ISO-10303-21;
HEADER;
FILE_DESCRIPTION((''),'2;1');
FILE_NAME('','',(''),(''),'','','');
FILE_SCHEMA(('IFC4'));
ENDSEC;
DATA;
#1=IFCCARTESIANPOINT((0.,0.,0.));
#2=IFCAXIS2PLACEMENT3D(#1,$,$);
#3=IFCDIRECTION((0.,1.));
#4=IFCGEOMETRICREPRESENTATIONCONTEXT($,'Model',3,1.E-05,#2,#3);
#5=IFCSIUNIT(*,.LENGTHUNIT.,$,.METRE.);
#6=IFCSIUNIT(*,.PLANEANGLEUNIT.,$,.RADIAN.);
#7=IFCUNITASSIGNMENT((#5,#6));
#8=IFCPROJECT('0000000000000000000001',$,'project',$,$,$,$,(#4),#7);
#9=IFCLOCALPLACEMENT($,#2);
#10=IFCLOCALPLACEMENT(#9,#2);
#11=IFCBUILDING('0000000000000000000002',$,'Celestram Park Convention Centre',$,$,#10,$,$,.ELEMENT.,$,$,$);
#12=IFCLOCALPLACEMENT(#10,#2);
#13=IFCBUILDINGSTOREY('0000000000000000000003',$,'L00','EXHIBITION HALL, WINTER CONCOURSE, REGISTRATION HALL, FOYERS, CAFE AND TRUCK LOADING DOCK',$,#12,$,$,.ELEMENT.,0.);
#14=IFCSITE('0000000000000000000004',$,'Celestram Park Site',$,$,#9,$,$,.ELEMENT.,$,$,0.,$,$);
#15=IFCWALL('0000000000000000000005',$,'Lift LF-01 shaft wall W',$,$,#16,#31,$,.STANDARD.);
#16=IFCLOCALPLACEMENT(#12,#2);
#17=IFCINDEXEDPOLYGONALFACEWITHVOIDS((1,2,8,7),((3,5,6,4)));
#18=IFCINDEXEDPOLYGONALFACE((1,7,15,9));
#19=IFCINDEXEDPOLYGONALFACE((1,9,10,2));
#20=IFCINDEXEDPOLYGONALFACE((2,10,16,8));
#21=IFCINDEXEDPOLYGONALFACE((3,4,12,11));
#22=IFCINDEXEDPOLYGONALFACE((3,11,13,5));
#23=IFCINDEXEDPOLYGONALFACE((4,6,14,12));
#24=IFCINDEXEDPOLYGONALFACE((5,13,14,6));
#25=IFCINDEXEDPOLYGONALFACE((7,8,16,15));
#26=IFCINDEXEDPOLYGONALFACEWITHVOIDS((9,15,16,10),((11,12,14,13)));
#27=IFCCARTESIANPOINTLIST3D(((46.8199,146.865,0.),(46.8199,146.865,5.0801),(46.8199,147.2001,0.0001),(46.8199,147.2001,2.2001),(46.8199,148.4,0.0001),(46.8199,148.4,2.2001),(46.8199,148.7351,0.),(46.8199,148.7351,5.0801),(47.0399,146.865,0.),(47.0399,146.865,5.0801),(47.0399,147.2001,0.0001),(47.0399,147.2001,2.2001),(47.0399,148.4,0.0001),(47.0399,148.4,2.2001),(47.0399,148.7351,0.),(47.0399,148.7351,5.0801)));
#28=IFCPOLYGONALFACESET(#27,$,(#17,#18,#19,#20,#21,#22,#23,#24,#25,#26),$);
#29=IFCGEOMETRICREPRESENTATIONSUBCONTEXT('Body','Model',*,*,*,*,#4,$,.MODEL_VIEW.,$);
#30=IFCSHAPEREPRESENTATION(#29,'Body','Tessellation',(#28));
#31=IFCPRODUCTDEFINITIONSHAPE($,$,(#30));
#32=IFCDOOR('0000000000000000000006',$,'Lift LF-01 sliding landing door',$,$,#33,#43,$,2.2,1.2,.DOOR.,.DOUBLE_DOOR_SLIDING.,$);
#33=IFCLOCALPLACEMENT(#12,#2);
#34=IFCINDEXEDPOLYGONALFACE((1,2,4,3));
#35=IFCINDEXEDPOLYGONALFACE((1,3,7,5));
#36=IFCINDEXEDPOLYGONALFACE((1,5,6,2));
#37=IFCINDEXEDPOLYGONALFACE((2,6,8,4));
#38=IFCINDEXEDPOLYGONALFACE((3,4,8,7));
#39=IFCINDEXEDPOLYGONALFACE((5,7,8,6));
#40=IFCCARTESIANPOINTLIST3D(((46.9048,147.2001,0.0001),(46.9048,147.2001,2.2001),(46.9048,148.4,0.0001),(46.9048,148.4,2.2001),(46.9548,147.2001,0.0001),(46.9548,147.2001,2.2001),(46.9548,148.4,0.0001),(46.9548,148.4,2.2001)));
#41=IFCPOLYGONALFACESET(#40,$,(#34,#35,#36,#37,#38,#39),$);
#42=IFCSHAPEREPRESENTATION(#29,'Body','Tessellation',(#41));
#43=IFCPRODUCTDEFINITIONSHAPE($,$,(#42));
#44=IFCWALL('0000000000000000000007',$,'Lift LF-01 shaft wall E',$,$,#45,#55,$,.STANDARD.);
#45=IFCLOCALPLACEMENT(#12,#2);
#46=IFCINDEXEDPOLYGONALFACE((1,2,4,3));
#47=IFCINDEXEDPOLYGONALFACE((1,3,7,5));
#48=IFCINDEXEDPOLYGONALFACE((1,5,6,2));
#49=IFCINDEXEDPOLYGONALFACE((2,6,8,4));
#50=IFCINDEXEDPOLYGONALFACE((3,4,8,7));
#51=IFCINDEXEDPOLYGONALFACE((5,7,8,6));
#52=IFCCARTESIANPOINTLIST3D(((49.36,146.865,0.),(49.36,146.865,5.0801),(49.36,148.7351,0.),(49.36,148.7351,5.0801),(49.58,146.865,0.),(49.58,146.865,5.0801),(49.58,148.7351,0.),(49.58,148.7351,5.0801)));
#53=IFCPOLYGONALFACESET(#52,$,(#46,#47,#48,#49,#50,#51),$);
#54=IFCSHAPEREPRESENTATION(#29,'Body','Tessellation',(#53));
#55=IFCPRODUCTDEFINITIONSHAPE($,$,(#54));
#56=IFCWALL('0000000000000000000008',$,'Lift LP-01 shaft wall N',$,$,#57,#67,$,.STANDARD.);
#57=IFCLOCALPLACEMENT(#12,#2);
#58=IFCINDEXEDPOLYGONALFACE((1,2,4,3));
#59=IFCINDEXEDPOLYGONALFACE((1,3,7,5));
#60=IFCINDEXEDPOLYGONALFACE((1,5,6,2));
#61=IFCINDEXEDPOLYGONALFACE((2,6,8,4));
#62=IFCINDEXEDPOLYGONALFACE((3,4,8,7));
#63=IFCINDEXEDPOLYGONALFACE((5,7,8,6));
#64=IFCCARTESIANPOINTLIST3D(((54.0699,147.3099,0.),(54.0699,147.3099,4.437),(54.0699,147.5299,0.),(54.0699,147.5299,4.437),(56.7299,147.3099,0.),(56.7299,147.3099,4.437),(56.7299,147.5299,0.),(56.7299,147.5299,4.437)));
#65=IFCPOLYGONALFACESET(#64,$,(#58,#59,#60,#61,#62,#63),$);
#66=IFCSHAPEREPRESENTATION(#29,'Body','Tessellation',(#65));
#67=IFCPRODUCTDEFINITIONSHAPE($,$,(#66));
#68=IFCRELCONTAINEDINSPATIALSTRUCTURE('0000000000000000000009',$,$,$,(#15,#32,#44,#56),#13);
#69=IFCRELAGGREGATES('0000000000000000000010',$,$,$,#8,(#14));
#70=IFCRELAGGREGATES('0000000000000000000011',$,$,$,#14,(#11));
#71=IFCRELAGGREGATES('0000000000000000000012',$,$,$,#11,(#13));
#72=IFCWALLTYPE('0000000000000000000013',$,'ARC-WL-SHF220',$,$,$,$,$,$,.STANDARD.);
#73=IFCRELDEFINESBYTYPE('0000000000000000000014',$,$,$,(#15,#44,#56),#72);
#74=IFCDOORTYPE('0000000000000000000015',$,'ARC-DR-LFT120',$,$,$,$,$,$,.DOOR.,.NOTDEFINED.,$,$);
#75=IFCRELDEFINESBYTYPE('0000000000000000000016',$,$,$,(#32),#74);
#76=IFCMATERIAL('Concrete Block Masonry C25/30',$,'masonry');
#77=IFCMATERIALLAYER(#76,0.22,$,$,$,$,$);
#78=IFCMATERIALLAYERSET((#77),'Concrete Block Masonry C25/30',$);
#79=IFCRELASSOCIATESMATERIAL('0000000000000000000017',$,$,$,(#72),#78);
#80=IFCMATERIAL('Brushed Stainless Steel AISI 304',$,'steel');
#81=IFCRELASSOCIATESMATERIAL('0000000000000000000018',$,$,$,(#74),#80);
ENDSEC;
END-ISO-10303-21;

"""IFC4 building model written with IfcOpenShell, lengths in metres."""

from ifc_helpers import new_model, si_unit, direction, frame, frame_2d, origin, place, context, subcontext, project, spatial, rectangle, extrude, material, layer, layer_set, type_object, element, fill, save


model = new_model("IFC4")

# Units and contexts
model_context = context("Model", 3, precision=1e-05, world=origin(), true_north=direction((0.0, 1.0)))
body_context = subcontext(model_context, "Body", "Model", "MODEL_VIEW")
ifc_project = project(units=[si_unit("LENGTHUNIT", "METRE"), si_unit("PLANEANGLEUNIT", "RADIAN")], contexts=[model_context])

# Site, building, storey
site_placement = place(None, origin())
site = spatial("IfcSite", under=ifc_project, at=site_placement, Name="Celestram Park Site", CompositionType="ELEMENT", RefElevation=0.0)
building_placement = place(site_placement, origin())
building = spatial("IfcBuilding", under=site, at=building_placement, Name="Celestram Park Convention Centre", CompositionType="ELEMENT")
storey_placement = place(building_placement, origin())
storey = spatial("IfcBuildingStorey", under=building, at=storey_placement, Name="L00", Description="EXHIBITION HALL, WINTER CONCOURSE, REGISTRATION HALL, FOYERS, CAFE AND TRUCK LOADING DOCK", CompositionType="ELEMENT", Elevation=0.0)

# Shared definitions
ifc_material_1 = material(Name="Concrete Block Masonry C25/30", Category="masonry")

# Shared definitions
ifc_layer_1 = layer(ifc_material_1, 0.22)
ifc_layer_set_1 = layer_set([ifc_layer_1], Name="Concrete Block Masonry C25/30")
wall_type_1 = type_object("IfcWallType", Name="ARC-WL-SHF220", PredefinedType="STANDARD", material=ifc_layer_set_1)

# Wall, opening, door
wall_1_placement = place(storey_placement, frame((46.9299, 148.7351, 0.0), z_axis=(0.0, 0.0, 1.0), x_axis=(0.0, -1.0, 0.0)))
wall_1 = element("IfcWall", 1, at=wall_1_placement, inside=storey, type_object=wall_type_1, Name="Lift LF-01 shaft wall W", PredefinedType="STANDARD", context=body_context, shape_type="SweptSolid", body=[
    extrude(rectangle(XDim=1.8701, YDim=0.22, at=frame_2d((0.9351, 0.0))), origin(), (0.0, 0.0, 1.0), 5.0801),
])
opening_1_placement = place(wall_1_placement, frame((0.335, 0.0, 0.0)))
opening_1 = element("IfcOpeningElement", 2, at=opening_1_placement, cuts=wall_1, PredefinedType="OPENING", context=body_context, shape_type="SweptSolid", body=[
    extrude(rectangle(XDim=1.2, YDim=2.2, at=frame_2d((0.6001, 1.1001))), frame((0.0, 0.1199, 0.0), z_axis=(0.0, -1.0, 0.0), x_axis=(1.0, 0.0, 0.0)), (0.0, 0.0, 1.0), 0.24),
])
ifc_material_2 = material(Name="Brushed Stainless Steel AISI 304", Category="steel")
door_type_1 = type_object("IfcDoorType", Name="ARC-DR-LFT120", OperationType="NOTDEFINED", PredefinedType="DOOR", material=ifc_material_2)
door_1_placement = place(opening_1_placement, origin())
door_1 = element("IfcDoor", 3, at=door_1_placement, inside=storey, type_object=door_type_1, Name="Lift LF-01 sliding landing door", OperationType="DOUBLE_DOOR_SLIDING", OverallHeight=2.2, OverallWidth=1.2, PredefinedType="DOOR", context=body_context, shape_type="SweptSolid", body=[
    extrude(rectangle(XDim=1.2, YDim=2.2, at=frame_2d((0.6001, 1.1001))), frame((0.0, 0.0249, 0.0), z_axis=(0.0, -1.0, 0.0), x_axis=(1.0, 0.0, 0.0)), (0.0, 0.0, 1.0), 0.05),
])
fill(opening_1, door_1)

# Walls
wall_2_placement = place(storey_placement, frame((49.47, 146.865, 0.0), z_axis=(0.0, 0.0, 1.0), x_axis=(0.0, 1.0, 0.0)))
element("IfcWall", 4, at=wall_2_placement, inside=storey, type_object=wall_type_1, Name="Lift LF-01 shaft wall E", PredefinedType="STANDARD", context=body_context, shape_type="SweptSolid", body=[
    extrude(rectangle(XDim=1.8701, YDim=0.22, at=frame_2d((0.9351, 0.0))), origin(), (0.0, 0.0, 1.0), 5.0801),
])
wall_3_placement = place(storey_placement, frame((56.73, 147.4199, 0.0), z_axis=(0.0, 0.0, 1.0), x_axis=(-1.0, 0.0, 0.0)))
element("IfcWall", 5, at=wall_3_placement, inside=storey, type_object=wall_type_1, Name="Lift LP-01 shaft wall N", PredefinedType="STANDARD", context=body_context, shape_type="SweptSolid", body=[
    extrude(rectangle(XDim=2.6599, YDim=0.22, at=frame_2d((1.3301, 0.0))), origin(), (0.0, 0.0, 1.0), 4.437),
])

save(model, "model.ifc")
